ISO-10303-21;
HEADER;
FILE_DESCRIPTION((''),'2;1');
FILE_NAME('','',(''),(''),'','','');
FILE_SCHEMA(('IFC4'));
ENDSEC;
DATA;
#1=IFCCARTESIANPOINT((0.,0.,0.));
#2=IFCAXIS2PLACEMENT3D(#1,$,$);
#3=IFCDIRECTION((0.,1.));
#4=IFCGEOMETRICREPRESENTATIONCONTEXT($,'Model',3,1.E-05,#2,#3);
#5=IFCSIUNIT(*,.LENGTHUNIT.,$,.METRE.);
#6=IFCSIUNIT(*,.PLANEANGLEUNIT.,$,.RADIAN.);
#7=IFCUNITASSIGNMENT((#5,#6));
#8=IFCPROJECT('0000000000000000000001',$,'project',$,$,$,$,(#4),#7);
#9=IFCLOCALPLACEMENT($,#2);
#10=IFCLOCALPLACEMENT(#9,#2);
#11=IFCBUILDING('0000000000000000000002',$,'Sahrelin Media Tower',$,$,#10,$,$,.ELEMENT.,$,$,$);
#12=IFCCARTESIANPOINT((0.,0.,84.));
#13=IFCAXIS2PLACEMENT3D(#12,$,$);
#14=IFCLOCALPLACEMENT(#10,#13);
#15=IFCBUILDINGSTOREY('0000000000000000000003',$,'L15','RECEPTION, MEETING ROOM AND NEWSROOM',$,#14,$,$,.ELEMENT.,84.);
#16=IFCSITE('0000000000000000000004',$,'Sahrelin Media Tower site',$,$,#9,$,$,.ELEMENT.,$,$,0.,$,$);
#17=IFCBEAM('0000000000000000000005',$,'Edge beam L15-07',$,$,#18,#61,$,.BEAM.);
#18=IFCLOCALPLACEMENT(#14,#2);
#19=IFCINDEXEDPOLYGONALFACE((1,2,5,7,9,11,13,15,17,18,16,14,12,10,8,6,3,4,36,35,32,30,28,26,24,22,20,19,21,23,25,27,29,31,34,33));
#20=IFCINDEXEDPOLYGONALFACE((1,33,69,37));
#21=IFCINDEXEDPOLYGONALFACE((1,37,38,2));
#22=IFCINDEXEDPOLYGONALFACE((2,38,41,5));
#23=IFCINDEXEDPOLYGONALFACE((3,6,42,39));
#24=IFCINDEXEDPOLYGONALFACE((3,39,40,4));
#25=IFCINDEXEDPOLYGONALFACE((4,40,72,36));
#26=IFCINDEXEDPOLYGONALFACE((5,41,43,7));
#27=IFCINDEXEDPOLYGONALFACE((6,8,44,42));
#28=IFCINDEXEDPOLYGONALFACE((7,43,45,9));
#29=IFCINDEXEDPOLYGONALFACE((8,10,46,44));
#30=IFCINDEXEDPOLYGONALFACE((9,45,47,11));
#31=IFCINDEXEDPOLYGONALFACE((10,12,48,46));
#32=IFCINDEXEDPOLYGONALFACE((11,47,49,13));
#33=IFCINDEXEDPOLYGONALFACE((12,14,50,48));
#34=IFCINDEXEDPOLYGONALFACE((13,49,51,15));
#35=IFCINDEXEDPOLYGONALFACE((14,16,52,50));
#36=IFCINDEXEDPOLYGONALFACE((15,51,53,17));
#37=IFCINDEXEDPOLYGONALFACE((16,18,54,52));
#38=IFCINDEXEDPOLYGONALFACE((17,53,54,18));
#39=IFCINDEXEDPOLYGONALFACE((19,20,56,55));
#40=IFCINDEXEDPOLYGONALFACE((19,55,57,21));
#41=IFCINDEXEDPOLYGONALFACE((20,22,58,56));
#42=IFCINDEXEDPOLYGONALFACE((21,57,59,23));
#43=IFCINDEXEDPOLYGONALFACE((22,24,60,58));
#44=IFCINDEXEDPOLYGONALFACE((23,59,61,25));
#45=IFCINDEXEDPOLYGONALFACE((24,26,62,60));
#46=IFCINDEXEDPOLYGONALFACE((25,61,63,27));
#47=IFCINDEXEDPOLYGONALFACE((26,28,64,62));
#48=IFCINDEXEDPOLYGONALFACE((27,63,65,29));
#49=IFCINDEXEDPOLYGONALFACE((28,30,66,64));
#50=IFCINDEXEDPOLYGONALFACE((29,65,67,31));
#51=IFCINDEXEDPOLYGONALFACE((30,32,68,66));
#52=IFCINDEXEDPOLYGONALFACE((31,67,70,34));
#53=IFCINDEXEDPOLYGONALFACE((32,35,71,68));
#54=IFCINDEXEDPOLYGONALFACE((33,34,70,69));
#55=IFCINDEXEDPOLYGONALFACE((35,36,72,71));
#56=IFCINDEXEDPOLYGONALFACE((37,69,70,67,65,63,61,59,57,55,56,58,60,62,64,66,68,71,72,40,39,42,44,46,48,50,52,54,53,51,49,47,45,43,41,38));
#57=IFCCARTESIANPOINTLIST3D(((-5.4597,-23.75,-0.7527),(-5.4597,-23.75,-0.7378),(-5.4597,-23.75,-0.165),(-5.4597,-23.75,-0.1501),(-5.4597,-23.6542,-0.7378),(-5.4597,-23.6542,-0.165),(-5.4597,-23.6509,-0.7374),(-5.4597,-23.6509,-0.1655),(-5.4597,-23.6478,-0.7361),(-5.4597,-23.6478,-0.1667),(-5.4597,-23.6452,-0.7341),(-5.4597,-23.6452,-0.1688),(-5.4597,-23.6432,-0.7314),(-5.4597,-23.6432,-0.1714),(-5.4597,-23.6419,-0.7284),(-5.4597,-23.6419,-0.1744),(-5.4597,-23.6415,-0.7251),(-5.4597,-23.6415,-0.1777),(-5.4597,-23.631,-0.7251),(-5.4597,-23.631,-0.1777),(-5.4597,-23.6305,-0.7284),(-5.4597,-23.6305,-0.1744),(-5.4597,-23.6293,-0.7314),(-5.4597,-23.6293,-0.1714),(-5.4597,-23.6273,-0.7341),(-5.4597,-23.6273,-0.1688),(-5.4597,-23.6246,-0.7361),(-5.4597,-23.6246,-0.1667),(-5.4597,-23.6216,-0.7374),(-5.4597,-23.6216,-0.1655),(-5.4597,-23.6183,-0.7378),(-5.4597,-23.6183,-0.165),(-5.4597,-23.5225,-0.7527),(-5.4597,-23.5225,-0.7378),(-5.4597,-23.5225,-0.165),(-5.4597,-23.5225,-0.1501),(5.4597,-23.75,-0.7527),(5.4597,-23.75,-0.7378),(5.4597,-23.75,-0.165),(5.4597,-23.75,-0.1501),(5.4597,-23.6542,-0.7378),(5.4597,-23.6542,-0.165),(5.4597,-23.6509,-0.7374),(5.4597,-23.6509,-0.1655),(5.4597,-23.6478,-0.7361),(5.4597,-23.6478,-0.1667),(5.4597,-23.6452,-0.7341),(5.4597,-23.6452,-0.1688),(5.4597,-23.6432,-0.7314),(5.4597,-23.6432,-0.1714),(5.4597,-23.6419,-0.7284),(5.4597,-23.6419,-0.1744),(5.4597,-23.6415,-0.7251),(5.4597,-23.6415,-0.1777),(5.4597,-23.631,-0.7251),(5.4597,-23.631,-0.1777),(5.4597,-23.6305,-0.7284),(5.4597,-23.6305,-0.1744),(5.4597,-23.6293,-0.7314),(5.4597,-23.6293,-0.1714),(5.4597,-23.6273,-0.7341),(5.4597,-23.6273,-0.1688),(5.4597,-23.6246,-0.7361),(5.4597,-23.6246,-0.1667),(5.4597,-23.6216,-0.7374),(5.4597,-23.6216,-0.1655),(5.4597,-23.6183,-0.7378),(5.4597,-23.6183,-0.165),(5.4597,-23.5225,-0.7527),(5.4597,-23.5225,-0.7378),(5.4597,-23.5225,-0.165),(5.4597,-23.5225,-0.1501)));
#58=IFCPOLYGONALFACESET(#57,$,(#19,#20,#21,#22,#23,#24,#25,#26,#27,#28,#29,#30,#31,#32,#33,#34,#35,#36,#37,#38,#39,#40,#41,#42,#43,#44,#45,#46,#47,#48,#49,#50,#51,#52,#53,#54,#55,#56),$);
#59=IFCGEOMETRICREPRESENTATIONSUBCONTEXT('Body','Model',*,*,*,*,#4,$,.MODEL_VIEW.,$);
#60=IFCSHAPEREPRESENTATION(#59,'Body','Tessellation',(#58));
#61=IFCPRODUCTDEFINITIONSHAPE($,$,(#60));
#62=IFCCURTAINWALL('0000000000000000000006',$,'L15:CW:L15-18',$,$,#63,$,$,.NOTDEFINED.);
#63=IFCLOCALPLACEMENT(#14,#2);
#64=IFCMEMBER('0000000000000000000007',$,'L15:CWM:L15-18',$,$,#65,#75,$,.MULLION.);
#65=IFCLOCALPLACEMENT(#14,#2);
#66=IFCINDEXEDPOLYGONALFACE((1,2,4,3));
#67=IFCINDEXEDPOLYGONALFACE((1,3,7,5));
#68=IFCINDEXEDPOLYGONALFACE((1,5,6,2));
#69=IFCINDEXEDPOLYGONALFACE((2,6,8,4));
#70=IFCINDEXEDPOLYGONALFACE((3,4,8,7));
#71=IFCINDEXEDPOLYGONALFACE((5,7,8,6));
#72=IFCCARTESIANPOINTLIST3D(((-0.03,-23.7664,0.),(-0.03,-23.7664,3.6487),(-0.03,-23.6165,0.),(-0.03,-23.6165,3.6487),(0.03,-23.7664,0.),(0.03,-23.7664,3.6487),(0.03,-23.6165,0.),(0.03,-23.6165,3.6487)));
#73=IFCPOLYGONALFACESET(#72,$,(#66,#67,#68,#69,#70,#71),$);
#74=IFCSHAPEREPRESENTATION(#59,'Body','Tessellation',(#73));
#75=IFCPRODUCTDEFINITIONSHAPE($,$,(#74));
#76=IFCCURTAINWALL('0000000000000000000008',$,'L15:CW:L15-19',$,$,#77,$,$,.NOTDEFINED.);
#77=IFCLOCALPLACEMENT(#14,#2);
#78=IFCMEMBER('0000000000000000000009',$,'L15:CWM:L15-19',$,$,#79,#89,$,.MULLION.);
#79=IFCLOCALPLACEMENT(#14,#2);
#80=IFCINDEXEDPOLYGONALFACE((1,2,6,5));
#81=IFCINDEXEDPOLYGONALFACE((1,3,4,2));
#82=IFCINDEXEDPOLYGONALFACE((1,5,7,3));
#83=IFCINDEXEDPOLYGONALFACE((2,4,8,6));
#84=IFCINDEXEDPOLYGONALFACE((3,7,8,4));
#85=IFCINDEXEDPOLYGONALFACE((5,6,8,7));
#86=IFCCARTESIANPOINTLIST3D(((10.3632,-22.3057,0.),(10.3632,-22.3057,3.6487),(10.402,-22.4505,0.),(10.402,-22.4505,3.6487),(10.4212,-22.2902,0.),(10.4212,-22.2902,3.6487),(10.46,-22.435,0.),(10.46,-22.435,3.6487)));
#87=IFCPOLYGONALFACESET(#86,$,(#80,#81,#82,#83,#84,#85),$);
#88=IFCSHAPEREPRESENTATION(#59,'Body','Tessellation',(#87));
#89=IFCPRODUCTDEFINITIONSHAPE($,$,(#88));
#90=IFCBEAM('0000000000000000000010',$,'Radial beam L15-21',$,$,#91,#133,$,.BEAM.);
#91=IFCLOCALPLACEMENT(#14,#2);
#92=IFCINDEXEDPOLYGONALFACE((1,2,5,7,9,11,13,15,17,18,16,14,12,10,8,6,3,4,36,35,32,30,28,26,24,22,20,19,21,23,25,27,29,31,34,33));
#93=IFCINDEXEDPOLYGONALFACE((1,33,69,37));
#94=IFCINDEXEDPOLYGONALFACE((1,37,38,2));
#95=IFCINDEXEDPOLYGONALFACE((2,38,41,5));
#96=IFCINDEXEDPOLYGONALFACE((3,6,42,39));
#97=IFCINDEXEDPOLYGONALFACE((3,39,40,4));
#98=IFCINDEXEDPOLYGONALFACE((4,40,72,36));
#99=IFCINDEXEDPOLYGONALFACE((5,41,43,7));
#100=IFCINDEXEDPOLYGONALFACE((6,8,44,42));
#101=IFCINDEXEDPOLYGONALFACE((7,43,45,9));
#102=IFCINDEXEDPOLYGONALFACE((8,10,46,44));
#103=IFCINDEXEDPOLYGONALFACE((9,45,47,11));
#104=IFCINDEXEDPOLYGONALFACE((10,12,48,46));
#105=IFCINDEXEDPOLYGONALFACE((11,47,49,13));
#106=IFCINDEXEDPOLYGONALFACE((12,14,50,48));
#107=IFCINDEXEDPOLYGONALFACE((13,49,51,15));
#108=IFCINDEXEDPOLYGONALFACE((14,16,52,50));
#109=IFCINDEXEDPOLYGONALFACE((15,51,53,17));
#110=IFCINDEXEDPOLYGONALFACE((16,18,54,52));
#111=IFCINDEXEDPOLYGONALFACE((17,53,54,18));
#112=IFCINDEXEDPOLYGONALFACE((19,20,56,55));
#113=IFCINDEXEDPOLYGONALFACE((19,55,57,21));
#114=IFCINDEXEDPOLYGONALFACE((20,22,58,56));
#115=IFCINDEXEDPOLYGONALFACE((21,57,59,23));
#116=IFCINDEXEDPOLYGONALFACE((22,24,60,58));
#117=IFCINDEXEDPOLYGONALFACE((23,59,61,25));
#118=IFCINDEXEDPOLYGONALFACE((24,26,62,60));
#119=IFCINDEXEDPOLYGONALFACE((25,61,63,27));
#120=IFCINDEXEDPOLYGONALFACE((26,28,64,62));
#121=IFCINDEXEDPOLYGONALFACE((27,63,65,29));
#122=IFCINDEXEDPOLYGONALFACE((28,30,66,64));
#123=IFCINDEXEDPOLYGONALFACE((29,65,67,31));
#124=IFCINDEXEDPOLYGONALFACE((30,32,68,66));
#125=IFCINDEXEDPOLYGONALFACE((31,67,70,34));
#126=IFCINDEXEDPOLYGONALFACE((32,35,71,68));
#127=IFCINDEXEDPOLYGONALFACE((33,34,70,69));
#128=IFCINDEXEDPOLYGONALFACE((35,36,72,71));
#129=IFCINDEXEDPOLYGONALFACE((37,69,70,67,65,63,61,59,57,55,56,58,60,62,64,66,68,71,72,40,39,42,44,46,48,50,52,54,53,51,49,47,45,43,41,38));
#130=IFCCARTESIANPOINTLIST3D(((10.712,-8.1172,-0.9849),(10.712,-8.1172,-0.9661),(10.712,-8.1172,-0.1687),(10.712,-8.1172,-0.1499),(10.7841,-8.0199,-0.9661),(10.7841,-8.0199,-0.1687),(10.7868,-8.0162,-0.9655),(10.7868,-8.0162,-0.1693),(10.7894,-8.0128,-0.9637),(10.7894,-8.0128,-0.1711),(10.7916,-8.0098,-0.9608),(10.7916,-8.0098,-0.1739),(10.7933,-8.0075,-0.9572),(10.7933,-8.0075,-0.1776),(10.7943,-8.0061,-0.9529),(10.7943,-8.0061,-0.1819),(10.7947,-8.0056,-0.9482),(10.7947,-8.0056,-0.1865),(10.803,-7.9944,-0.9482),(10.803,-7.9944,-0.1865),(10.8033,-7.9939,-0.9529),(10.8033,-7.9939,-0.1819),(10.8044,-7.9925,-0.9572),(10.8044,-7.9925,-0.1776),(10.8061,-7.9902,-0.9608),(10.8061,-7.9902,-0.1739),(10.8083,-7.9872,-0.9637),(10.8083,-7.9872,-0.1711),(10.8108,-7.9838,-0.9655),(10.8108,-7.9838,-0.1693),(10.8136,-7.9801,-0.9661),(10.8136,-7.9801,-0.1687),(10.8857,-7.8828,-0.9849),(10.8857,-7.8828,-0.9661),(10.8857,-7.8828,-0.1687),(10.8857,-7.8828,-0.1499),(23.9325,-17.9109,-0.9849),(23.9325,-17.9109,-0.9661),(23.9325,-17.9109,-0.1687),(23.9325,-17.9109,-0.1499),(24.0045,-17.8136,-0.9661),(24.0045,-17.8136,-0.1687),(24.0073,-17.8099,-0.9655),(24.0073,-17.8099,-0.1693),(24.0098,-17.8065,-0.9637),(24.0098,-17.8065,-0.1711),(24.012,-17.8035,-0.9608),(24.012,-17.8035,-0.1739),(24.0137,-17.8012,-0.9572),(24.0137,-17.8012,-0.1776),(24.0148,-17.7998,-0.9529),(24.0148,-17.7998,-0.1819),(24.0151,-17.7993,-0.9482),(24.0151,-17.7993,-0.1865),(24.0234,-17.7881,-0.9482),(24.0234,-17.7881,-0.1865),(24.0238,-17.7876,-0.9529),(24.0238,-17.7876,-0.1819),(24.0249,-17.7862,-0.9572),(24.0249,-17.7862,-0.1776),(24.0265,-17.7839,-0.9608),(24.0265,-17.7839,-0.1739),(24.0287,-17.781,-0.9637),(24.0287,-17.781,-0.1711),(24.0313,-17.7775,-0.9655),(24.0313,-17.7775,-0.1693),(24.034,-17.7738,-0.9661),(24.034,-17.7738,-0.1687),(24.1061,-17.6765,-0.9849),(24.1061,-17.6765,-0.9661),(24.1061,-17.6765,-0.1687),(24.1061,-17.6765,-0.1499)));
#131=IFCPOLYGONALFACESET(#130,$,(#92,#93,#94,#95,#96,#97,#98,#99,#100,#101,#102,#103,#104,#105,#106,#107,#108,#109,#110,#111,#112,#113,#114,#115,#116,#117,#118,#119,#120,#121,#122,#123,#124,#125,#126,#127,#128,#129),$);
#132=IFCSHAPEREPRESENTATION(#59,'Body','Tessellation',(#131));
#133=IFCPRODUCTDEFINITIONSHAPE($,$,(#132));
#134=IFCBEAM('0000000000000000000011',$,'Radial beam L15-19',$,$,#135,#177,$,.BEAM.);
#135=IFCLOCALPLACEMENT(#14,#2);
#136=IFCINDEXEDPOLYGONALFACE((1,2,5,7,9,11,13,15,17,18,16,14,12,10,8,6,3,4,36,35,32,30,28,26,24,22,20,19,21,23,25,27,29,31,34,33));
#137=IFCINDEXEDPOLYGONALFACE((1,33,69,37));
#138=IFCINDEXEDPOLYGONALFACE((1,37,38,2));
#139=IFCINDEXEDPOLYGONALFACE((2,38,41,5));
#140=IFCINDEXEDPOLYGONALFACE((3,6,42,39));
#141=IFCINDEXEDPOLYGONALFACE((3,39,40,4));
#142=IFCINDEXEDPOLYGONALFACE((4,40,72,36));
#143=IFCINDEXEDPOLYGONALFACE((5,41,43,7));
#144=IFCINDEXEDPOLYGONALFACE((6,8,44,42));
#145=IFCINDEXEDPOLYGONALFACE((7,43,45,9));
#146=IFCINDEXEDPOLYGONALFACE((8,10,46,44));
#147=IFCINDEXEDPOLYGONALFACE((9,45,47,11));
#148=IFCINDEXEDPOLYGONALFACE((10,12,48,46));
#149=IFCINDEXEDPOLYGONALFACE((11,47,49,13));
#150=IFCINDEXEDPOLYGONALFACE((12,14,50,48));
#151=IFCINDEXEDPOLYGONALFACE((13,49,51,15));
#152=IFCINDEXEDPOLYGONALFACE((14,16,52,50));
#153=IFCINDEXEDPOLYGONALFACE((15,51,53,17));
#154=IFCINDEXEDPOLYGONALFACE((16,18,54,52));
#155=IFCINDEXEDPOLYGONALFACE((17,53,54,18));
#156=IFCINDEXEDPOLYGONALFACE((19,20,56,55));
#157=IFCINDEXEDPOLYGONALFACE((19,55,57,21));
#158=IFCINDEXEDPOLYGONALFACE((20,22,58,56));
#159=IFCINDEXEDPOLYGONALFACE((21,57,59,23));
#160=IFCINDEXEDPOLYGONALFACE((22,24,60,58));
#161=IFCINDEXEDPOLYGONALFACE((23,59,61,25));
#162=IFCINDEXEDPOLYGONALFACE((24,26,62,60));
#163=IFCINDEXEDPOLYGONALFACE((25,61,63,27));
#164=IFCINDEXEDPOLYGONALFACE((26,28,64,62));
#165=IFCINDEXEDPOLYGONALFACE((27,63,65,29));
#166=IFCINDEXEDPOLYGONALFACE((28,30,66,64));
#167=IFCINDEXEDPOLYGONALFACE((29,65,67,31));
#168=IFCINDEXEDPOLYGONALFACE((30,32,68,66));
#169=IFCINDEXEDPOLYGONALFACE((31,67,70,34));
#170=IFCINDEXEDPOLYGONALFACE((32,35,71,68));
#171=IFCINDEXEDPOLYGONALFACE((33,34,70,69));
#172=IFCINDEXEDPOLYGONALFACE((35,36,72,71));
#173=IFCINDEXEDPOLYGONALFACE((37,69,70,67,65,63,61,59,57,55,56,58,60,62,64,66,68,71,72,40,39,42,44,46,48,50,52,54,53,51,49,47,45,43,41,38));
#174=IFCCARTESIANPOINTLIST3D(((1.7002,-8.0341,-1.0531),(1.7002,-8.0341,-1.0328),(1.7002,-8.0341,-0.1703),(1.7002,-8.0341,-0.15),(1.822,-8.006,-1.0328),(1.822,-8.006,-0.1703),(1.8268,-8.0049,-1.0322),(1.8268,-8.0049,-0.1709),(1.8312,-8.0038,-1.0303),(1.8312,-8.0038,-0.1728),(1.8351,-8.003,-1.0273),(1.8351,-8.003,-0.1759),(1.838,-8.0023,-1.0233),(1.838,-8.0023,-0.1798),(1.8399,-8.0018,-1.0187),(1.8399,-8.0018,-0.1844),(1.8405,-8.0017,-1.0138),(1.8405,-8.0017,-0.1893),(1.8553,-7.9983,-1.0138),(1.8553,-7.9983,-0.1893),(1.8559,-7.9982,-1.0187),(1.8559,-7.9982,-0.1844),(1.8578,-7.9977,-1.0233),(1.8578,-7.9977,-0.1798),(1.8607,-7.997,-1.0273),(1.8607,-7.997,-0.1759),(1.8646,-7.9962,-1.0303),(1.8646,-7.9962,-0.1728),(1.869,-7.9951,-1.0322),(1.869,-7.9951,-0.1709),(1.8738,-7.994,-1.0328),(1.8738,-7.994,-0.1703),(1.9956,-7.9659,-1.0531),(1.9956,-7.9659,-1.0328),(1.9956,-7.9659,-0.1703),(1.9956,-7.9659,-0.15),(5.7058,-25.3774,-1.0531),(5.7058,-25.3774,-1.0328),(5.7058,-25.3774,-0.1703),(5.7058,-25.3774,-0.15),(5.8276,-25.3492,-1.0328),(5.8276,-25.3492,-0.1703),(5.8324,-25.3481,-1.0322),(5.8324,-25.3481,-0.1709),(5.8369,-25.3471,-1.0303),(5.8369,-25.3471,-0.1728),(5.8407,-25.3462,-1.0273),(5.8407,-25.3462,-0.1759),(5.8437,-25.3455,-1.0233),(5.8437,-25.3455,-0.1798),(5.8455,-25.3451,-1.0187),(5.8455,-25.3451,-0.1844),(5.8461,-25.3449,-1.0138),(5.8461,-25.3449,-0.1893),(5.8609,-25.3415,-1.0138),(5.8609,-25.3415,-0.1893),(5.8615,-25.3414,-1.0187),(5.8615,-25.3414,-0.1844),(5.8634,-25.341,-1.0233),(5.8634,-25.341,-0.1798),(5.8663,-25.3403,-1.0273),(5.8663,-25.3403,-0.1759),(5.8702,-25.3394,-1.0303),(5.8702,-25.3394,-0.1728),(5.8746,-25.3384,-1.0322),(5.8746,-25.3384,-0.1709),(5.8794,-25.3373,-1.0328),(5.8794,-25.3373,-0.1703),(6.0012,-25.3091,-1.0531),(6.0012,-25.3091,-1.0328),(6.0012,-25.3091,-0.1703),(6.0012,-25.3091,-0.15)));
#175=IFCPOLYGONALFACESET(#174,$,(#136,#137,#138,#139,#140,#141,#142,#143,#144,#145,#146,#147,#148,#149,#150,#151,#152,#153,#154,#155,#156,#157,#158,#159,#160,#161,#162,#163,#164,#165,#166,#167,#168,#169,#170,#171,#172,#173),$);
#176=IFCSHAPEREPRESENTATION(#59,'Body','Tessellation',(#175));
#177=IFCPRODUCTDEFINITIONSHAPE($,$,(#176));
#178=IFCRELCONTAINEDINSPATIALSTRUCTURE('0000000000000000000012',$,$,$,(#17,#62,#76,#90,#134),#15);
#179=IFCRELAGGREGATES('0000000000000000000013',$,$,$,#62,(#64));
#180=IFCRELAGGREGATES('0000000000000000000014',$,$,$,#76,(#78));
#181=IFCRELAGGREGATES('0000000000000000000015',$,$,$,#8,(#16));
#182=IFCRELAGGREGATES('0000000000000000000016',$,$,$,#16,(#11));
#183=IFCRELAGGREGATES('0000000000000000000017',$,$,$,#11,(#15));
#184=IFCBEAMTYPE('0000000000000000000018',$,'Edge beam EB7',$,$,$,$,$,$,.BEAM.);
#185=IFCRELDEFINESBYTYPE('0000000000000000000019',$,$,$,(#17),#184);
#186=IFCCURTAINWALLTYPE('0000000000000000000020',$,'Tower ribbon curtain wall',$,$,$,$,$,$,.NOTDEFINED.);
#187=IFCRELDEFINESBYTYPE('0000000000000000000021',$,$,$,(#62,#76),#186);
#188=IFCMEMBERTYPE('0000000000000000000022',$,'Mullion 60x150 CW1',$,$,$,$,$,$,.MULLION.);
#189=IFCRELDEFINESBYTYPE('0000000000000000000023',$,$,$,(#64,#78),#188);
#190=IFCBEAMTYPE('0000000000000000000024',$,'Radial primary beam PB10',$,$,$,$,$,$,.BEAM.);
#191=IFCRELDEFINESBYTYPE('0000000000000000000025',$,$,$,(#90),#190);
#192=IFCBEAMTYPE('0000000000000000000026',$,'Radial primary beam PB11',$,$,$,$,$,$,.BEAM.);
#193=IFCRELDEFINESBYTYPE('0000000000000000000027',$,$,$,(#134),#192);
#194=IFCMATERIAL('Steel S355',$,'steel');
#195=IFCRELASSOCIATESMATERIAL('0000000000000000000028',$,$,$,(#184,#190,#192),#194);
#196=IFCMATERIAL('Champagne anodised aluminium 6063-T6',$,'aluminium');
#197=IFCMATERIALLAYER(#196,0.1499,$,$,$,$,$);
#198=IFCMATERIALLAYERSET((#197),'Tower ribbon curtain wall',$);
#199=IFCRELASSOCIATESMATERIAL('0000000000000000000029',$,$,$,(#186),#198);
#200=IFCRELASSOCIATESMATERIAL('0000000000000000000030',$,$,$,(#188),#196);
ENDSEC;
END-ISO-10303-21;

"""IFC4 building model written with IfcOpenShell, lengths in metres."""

from ifc_helpers import new_model, si_unit, direction, frame, origin, origin_2d, place, context, subcontext, project, spatial, rectangle, i_section, extrude, material, layer, layer_set, material_profile, profile_set, type_object, element, aggregate, save


model = new_model("IFC4")

# Units and contexts
model_context = context("Model", 3, precision=1e-05, world=origin(), true_north=direction((0.0, 1.0)))
body_context = subcontext(model_context, "Body", "Model", "MODEL_VIEW")
ifc_project = project(units=[si_unit("LENGTHUNIT", "METRE"), si_unit("PLANEANGLEUNIT", "RADIAN")], contexts=[model_context])

# Site, building, storey
site_placement = place(None, origin())
site = spatial("IfcSite", under=ifc_project, at=site_placement, Name="Sahrelin Media Tower site", CompositionType="ELEMENT", RefElevation=0.0)
building_placement = place(site_placement, origin())
building = spatial("IfcBuilding", under=site, at=building_placement, Name="Sahrelin Media Tower", CompositionType="ELEMENT")
storey_placement = place(building_placement, frame((0.0, 0.0, 84.0)))
storey = spatial("IfcBuildingStorey", under=building, at=storey_placement, Name="L15", Description="RECEPTION, MEETING ROOM AND NEWSROOM", CompositionType="ELEMENT", Elevation=84.0)

# Beam
ifc_material_1 = material(Name="Steel S355", Category="steel")
ifc_material_profile_1 = material_profile(ifc_material_1, i_section(OverallWidth=0.2275, OverallDepth=0.6025, WebThickness=0.0105, FlangeThickness=0.0149, FilletRadius=0.0127, at=origin_2d()), Name="UB 610x229x101")
ifc_profile_set_1 = profile_set([ifc_material_profile_1], Name="Steel S355")
beam_type_1 = type_object("IfcBeamType", Name="Edge beam EB7", PredefinedType="BEAM", material=ifc_profile_set_1)
beam_1_placement = place(storey_placement, frame((5.4597, -23.6362, -0.4514), z_axis=(-1.0, 0.0, 0.0), x_axis=(0.0, -1.0, 0.0)))
element("IfcBeam", 1, at=beam_1_placement, inside=storey, type_object=beam_type_1, Name="Edge beam L15-07", PredefinedType="BEAM", context=body_context, shape_type="SweptSolid", body=[
    extrude(i_section(OverallWidth=0.2275, OverallDepth=0.6025, WebThickness=0.0105, FlangeThickness=0.0149, FilletRadius=0.0127, at=origin_2d()), origin(), (0.0, 0.0, 1.0), 10.9194),
])

# Curtain walls, members
ifc_material_2 = material(Name="Champagne anodised aluminium 6063-T6", Category="aluminium")
ifc_layer_1 = layer(ifc_material_2, 0.1499)
ifc_layer_set_1 = layer_set([ifc_layer_1], Name="Tower ribbon curtain wall")
curtain_wall_type = type_object("IfcCurtainWallType", Name="Tower ribbon curtain wall", PredefinedType="NOTDEFINED", material=ifc_layer_set_1)
curtain_wall_1_placement = place(storey_placement, frame((0.0, -23.7864, 0.0), z_axis=(0.0, 0.0, 1.0), x_axis=(1.0, 0.0, 0.0)))
curtain_wall_1 = element("IfcCurtainWall", 2, at=curtain_wall_1_placement, inside=storey, type_object=curtain_wall_type, Name="L15:CW:L15-18", PredefinedType="NOTDEFINED")
ifc_material_profile_2 = material_profile(ifc_material_2, rectangle(XDim=0.0601, YDim=0.1499, at=origin_2d()), Name="Mullion 60x150")
ifc_profile_set_2 = profile_set([ifc_material_profile_2], Name="Champagne anodised aluminium 6063-T6")
member_type_1 = type_object("IfcMemberType", Name="Mullion 60x150 CW1", PredefinedType="MULLION", material=ifc_profile_set_2)
member_1_placement = place(storey_placement, frame((0.0, -23.6914, 0.0), z_axis=(0.0, 0.0, 1.0), x_axis=(1.0, 0.0, 0.0)))
member_1 = element("IfcMember", 3, at=member_1_placement, type_object=member_type_1, Name="L15:CWM:L15-18", PredefinedType="MULLION", context=body_context, shape_type="SweptSolid", body=[
    extrude(rectangle(XDim=0.0601, YDim=0.1499, at=origin_2d()), origin(), (0.0, 0.0, 1.0), 3.6487),
])
aggregate(curtain_wall_1, [member_1])
curtain_wall_2_placement = place(storey_placement, frame((10.4363, -22.4619, 0.0), z_axis=(0.0, 0.0, 1.0), x_axis=(1.0, 0.0, 0.0)))
curtain_wall_2 = element("IfcCurtainWall", 4, at=curtain_wall_2_placement, inside=storey, type_object=curtain_wall_type, Name="L15:CW:L15-19", PredefinedType="NOTDEFINED")
member_2_placement = place(storey_placement, frame((10.4116, -22.3704, 0.0), z_axis=(0.0, 0.0, 1.0), x_axis=(0.965926, 0.258817, 0.0)))
member_2 = element("IfcMember", 5, at=member_2_placement, type_object=member_type_1, Name="L15:CWM:L15-19", PredefinedType="MULLION", context=body_context, shape_type="SweptSolid", body=[
    extrude(rectangle(XDim=0.0601, YDim=0.1499, at=origin_2d()), origin(), (0.0, 0.0, 1.0), 3.6487),
])

# Beams
ifc_material_profile_3 = material_profile(ifc_material_1, i_section(OverallWidth=0.2917, OverallDepth=0.835, WebThickness=0.0139, FlangeThickness=0.0188, FilletRadius=0.0178, at=origin_2d()), Name="UB 838x292x176")
ifc_profile_set_3 = profile_set([ifc_material_profile_3], Name="Steel S355")
beam_type_2 = type_object("IfcBeamType", Name="Radial primary beam PB10", PredefinedType="BEAM", material=ifc_profile_set_3)
beam_2_placement = place(storey_placement, frame((10.7988, -8.0, -0.5674), z_axis=(0.803535, -0.595258, 0.0), x_axis=(0.595258, 0.803535, 0.0)))
element("IfcBeam", 6, at=beam_2_placement, inside=storey, type_object=beam_type_2, Name="Radial beam L15-21", PredefinedType="BEAM", context=body_context, shape_type="SweptSolid", body=[
    extrude(i_section(OverallWidth=0.2917, OverallDepth=0.835, WebThickness=0.0139, FlangeThickness=0.0188, FilletRadius=0.0178, at=origin_2d()), origin(), (0.0, 0.0, 1.0), 16.4529),
])
ifc_material_profile_4 = material_profile(ifc_material_1, i_section(OverallWidth=0.3032, OverallDepth=0.9031, WebThickness=0.0151, FlangeThickness=0.0203, FilletRadius=0.019, at=origin_2d()), Name="UB 914x305x201")
ifc_profile_set_4 = profile_set([ifc_material_profile_4], Name="Steel S355")
beam_type_3 = type_object("IfcBeamType", Name="Radial primary beam PB11", PredefinedType="BEAM", material=ifc_profile_set_4)
beam_3_placement = place(storey_placement, frame((1.8479, -8.0, -0.6016), z_axis=(0.225037, -0.97435, 0.0), x_axis=(0.97435, 0.225037, 0.0)))
element("IfcBeam", 7, at=beam_3_placement, inside=storey, type_object=beam_type_3, Name="Radial beam L15-19", PredefinedType="BEAM", context=body_context, shape_type="SweptSolid", body=[
    extrude(i_section(OverallWidth=0.3032, OverallDepth=0.9031, WebThickness=0.0151, FlangeThickness=0.0203, FilletRadius=0.019, at=origin_2d()), origin(), (0.0, 0.0, 1.0), 17.7998),
])

aggregate(curtain_wall_2, [member_2])

save(model, "model.ifc")
